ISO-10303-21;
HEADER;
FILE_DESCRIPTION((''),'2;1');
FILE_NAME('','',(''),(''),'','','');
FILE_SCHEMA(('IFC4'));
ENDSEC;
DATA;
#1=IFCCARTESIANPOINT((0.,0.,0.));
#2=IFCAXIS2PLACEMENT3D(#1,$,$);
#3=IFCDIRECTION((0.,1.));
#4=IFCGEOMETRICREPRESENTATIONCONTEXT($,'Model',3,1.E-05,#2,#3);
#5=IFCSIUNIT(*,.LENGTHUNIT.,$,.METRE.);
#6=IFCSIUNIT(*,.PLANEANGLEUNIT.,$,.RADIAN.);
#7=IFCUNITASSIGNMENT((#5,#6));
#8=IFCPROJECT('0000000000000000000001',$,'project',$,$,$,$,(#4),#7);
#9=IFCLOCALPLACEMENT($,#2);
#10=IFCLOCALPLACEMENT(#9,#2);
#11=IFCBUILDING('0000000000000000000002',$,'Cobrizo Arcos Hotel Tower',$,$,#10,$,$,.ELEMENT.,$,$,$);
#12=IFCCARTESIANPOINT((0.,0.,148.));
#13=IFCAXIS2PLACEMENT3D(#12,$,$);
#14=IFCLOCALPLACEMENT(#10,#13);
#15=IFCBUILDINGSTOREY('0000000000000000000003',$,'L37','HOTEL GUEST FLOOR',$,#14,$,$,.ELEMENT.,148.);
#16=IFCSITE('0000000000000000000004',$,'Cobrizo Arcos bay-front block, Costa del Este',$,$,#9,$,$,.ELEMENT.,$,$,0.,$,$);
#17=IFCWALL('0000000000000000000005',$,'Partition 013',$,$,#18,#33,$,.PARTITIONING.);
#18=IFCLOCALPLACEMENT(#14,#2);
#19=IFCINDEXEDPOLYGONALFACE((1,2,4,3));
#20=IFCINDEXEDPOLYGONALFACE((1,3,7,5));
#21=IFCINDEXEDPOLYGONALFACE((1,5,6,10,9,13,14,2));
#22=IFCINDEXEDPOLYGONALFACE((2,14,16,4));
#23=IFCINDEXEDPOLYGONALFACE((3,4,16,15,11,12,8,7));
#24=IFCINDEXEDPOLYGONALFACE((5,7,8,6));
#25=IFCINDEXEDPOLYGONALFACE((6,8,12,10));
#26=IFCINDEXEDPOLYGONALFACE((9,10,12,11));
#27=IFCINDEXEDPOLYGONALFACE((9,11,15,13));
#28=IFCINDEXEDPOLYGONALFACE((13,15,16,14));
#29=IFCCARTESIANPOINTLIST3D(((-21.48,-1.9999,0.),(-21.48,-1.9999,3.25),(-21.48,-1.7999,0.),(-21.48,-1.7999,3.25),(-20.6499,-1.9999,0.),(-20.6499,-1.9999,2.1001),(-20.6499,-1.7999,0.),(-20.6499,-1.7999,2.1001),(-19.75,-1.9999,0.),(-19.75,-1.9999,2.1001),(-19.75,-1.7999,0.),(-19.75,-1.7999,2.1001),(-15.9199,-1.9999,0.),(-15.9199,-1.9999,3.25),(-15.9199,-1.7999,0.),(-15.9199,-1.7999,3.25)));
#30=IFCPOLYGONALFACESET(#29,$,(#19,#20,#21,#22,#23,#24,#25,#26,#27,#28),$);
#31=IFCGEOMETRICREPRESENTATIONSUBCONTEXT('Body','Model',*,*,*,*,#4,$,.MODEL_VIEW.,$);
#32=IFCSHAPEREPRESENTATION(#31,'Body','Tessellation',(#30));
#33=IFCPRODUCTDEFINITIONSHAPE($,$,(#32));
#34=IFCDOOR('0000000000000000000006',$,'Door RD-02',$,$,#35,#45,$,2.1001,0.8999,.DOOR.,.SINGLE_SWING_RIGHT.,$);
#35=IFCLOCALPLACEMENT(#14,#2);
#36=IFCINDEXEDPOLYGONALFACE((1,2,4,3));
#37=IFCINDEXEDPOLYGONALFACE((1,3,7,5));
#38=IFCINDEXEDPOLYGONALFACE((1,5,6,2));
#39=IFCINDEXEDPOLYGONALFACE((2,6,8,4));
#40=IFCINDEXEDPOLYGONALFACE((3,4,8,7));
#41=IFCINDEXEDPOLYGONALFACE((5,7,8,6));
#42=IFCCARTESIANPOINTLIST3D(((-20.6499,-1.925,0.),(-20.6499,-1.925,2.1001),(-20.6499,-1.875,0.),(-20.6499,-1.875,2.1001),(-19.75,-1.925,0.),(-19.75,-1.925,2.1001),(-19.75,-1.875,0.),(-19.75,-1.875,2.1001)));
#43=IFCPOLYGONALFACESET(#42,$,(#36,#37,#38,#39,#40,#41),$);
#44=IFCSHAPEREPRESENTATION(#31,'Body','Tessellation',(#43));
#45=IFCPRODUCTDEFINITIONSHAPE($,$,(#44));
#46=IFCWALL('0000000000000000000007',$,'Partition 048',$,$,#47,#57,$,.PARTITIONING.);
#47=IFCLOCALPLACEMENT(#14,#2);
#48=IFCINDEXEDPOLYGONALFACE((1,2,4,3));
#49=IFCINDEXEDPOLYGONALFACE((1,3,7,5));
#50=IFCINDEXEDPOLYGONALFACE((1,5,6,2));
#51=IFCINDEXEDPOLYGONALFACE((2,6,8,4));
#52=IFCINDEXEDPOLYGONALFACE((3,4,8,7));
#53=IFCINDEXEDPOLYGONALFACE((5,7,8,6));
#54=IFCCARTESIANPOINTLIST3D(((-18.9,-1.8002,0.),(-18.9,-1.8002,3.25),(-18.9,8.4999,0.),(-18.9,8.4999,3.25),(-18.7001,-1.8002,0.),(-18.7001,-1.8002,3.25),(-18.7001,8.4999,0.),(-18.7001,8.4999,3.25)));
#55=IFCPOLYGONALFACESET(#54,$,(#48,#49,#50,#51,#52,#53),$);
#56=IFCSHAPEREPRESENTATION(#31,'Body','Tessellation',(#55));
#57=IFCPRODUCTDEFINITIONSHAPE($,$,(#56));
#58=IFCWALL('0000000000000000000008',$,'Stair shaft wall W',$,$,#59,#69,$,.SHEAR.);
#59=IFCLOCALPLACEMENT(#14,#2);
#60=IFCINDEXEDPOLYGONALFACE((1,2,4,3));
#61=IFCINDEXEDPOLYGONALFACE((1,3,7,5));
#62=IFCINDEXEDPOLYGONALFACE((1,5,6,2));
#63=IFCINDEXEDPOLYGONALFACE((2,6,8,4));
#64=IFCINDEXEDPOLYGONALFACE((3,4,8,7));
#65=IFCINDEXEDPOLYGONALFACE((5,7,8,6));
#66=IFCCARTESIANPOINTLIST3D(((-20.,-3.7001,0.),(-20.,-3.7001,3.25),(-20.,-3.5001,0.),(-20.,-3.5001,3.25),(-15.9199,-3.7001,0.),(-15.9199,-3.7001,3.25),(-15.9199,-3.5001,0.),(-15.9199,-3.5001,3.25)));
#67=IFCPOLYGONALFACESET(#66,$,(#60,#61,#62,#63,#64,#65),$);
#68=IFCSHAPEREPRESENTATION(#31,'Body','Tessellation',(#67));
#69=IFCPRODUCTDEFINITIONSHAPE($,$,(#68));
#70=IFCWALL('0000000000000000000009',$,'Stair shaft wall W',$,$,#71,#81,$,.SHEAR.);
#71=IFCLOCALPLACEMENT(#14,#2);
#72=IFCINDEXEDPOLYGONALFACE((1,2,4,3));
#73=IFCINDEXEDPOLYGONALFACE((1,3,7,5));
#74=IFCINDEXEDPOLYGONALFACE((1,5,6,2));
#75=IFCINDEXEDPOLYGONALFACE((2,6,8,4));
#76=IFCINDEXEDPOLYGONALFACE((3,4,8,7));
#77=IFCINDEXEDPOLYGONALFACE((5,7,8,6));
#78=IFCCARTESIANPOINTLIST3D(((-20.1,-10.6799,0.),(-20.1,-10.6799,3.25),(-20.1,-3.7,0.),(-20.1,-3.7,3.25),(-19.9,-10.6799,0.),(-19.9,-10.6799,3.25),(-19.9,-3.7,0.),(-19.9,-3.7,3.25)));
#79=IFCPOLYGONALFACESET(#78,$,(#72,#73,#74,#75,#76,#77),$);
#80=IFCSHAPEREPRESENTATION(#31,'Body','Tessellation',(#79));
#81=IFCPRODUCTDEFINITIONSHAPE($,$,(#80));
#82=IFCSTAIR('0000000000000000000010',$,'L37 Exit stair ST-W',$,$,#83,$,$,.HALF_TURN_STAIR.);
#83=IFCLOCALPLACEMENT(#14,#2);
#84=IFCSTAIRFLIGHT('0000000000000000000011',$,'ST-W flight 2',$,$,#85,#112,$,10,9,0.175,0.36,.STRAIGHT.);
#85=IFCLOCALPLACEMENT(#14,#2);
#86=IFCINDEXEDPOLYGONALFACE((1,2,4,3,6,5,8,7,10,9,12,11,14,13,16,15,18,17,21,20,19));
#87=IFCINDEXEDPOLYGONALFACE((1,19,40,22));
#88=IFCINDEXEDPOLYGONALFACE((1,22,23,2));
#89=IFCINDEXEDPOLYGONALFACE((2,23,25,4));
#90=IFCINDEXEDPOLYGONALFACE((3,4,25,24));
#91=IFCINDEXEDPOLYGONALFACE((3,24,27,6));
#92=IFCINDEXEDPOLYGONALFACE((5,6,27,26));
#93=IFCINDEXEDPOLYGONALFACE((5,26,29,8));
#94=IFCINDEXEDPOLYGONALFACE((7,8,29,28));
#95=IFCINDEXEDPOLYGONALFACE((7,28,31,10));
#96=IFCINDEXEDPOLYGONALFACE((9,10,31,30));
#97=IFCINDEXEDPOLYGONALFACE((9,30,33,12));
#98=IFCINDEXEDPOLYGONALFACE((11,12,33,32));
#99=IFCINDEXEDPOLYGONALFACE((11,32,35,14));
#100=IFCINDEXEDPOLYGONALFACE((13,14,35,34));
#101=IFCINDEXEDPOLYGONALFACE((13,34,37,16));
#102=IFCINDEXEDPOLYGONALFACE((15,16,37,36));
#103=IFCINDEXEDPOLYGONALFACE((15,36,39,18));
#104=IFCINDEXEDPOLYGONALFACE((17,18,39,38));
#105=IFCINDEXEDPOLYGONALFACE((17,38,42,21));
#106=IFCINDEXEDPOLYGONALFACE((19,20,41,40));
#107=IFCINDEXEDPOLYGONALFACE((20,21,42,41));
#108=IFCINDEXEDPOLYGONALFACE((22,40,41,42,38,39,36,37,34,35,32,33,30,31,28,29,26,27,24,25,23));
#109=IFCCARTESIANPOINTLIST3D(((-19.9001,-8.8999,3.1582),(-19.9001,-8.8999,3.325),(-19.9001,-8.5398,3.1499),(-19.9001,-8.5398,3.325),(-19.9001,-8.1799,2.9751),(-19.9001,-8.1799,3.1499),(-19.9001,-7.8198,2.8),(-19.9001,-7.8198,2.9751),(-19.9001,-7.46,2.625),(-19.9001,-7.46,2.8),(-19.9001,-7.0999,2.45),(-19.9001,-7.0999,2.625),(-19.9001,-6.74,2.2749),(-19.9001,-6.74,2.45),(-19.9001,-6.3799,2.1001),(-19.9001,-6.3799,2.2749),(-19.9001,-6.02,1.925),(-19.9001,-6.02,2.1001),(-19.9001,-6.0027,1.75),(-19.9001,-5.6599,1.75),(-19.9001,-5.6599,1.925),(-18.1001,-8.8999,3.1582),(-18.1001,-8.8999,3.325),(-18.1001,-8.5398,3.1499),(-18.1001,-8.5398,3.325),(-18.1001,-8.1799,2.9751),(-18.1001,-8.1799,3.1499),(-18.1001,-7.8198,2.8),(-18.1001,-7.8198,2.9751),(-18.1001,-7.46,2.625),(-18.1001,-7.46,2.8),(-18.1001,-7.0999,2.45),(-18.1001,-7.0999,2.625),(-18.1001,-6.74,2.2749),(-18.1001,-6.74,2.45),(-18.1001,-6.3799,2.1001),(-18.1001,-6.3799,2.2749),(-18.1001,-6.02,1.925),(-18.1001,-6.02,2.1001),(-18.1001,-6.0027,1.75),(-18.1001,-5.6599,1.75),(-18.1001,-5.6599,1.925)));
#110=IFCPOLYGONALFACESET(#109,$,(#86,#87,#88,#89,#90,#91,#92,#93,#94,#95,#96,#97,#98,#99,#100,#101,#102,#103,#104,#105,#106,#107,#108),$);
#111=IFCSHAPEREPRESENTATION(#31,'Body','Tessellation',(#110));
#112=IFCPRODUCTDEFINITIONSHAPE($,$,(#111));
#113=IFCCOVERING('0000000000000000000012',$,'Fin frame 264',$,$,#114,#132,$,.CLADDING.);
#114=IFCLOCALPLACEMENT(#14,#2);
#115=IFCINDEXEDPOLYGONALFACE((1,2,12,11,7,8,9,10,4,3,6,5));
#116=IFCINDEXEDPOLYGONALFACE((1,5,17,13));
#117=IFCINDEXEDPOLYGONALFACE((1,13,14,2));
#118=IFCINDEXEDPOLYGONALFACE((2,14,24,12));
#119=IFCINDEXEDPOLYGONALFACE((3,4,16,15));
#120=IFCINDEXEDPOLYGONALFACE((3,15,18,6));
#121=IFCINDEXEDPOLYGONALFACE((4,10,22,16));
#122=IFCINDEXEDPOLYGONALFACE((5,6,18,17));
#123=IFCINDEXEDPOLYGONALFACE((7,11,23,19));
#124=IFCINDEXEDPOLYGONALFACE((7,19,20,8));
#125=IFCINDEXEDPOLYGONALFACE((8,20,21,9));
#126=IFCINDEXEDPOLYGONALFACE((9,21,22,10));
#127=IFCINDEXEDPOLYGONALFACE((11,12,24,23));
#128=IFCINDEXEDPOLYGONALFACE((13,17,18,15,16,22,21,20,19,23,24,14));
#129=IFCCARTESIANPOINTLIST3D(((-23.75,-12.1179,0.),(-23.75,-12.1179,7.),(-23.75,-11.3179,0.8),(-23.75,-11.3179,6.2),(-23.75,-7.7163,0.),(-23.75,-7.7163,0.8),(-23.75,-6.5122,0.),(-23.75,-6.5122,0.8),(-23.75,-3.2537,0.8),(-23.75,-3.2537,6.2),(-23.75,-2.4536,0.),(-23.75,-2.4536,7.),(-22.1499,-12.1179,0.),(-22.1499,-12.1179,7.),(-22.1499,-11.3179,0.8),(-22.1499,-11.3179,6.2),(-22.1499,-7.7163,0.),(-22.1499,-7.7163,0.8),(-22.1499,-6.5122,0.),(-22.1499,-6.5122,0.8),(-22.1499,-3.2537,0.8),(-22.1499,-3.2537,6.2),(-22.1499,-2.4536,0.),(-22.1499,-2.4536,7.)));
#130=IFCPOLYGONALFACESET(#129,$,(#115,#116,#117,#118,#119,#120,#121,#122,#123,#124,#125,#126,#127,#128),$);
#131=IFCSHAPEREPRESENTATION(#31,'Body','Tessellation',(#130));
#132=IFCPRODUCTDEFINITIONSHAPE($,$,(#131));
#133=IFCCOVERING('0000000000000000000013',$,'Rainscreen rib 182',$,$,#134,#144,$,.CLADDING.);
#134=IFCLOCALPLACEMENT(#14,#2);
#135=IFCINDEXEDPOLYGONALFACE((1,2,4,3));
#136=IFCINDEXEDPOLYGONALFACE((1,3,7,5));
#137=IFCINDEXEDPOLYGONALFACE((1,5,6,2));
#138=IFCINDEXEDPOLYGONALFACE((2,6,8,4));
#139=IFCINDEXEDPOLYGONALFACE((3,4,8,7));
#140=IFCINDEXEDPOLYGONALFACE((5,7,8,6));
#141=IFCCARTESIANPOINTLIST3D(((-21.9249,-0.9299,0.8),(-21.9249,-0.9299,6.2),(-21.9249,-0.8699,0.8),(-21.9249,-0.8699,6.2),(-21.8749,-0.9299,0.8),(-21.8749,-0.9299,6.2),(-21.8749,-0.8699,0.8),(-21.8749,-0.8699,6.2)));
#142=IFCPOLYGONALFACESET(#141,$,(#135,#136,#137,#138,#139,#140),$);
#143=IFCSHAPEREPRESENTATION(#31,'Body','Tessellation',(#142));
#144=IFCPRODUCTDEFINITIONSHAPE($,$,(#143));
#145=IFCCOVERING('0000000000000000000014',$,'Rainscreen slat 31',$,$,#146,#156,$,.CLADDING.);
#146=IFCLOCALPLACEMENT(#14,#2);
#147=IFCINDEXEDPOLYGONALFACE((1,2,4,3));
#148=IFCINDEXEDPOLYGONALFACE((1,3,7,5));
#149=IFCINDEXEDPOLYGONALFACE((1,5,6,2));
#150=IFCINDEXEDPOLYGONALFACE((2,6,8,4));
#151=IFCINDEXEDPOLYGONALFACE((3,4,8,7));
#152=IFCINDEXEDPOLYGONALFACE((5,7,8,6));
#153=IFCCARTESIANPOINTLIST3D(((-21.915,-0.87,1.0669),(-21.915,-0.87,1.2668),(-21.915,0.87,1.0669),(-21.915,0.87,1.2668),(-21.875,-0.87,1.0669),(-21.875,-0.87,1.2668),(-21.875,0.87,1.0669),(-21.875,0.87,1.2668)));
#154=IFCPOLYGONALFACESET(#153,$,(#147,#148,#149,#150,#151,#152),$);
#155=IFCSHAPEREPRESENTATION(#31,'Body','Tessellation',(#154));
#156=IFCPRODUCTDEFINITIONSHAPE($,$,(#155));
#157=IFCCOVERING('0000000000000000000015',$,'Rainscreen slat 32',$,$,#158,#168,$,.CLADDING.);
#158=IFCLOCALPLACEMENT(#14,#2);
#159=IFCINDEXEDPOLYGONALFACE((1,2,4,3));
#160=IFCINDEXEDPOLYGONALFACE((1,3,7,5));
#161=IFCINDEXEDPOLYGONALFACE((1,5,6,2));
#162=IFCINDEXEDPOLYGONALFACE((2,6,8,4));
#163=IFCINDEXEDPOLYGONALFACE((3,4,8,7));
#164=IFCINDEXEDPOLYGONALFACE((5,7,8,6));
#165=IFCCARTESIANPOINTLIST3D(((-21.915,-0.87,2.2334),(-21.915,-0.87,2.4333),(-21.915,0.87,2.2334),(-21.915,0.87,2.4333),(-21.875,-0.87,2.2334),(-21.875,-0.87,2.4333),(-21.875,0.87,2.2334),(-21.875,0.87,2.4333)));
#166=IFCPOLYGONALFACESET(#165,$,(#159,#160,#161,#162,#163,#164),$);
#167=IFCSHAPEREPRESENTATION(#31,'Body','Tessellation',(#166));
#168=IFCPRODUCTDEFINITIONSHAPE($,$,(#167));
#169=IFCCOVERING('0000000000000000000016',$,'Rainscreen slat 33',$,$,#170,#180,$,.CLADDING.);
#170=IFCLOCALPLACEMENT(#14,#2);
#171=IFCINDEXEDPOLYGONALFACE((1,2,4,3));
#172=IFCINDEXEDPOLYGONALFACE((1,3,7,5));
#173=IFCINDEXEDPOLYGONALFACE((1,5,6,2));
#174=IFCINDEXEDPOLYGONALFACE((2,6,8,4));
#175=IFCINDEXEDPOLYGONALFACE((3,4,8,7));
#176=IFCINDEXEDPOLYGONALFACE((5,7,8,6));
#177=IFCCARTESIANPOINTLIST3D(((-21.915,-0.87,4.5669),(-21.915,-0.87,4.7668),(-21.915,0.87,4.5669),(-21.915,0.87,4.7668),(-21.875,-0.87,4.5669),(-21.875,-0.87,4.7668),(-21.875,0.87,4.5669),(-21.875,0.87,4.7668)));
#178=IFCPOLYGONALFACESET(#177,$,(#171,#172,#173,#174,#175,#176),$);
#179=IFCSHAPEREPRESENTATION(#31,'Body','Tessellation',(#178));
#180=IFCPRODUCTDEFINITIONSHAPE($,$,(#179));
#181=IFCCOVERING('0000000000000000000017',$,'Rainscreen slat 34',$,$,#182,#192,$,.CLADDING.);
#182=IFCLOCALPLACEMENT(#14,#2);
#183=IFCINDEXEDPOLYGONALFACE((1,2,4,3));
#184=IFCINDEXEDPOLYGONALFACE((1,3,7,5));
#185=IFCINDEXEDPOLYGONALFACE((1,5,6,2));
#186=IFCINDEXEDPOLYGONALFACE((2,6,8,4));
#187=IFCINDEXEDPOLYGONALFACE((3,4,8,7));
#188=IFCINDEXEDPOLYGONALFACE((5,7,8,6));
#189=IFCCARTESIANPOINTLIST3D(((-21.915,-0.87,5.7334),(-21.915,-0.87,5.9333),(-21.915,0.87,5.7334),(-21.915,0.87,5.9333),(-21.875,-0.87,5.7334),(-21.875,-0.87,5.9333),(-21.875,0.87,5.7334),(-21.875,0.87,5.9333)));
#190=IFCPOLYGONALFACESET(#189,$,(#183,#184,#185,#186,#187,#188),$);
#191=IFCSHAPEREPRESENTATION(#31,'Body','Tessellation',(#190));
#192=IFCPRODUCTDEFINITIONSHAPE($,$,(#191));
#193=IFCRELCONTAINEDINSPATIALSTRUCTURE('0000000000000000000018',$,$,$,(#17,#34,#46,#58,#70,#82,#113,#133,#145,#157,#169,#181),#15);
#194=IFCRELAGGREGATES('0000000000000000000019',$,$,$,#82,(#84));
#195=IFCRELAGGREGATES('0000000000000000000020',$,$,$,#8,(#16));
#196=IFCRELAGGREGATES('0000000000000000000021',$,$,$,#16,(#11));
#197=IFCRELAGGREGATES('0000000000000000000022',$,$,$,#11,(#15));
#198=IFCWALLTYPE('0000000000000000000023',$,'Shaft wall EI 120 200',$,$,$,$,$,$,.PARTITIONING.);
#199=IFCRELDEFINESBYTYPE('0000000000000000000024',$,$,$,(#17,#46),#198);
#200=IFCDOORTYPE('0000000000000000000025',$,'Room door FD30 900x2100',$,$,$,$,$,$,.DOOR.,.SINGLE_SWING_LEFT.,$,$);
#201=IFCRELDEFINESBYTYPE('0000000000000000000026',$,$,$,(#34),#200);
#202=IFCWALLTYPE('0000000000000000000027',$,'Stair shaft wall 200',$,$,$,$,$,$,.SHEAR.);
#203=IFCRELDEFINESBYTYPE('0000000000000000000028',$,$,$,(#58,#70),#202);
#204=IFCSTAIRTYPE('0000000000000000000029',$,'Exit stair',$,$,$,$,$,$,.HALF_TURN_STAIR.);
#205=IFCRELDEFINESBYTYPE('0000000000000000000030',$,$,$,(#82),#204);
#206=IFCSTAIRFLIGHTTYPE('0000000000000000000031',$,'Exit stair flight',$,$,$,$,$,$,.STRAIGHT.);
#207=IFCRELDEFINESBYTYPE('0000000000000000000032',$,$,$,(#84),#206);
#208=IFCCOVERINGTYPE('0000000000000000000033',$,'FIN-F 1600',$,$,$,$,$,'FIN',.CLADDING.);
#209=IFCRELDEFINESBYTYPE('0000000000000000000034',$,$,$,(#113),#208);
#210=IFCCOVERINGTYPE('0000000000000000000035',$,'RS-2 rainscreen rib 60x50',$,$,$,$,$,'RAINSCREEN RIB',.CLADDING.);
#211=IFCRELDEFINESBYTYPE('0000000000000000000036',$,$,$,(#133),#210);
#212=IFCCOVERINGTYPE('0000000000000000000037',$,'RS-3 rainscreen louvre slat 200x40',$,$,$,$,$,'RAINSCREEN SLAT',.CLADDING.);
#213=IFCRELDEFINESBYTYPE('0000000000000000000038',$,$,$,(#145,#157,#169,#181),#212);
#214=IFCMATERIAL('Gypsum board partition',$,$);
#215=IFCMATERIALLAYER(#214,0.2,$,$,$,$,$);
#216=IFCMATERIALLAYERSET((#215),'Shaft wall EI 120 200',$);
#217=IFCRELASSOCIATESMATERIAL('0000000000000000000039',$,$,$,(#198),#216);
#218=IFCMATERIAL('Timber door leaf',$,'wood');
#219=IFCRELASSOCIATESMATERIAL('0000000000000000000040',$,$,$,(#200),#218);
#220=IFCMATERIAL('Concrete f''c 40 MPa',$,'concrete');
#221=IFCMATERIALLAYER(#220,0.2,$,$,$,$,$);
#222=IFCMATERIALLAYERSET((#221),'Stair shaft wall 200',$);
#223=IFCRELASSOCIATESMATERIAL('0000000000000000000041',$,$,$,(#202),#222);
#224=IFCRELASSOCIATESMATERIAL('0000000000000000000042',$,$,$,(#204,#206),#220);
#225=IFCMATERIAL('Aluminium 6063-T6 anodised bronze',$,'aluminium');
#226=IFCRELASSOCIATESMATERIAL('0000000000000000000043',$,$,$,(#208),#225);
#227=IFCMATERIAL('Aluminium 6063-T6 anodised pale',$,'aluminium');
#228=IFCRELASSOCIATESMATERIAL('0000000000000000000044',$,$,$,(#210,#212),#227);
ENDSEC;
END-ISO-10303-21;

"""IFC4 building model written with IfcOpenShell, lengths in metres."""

from ifc_helpers import new_model, si_unit, direction, frame, frame_2d, origin, origin_2d, place, context, subcontext, project, spatial, polyline, rectangle, outline, extrude, material, layer, layer_set, type_object, element, fill, aggregate, save


model = new_model("IFC4")

# Units and contexts
model_context = context("Model", 3, precision=1e-05, world=origin(), true_north=direction((0.0, 1.0)))
body_context = subcontext(model_context, "Body", "Model", "MODEL_VIEW")
ifc_project = project(units=[si_unit("LENGTHUNIT", "METRE"), si_unit("PLANEANGLEUNIT", "RADIAN")], contexts=[model_context])

# Site, building, storey
site_placement = place(None, origin())
site = spatial("IfcSite", under=ifc_project, at=site_placement, Name="Cobrizo Arcos bay-front block, Costa del Este", CompositionType="ELEMENT", RefElevation=0.0)
building_placement = place(site_placement, origin())
building = spatial("IfcBuilding", under=site, at=building_placement, Name="Cobrizo Arcos Hotel Tower", CompositionType="ELEMENT")
storey_placement = place(building_placement, frame((0.0, 0.0, 148.0)))
storey = spatial("IfcBuildingStorey", under=building, at=storey_placement, Name="L37", Description="HOTEL GUEST FLOOR", CompositionType="ELEMENT", Elevation=148.0)

# Wall, opening, door
ifc_material_1 = material(Name="Gypsum board partition")
ifc_layer_1 = layer(ifc_material_1, 0.2)
ifc_layer_set_1 = layer_set([ifc_layer_1], Name="Shaft wall EI 120 200")
wall_type_1 = type_object("IfcWallType", Name="Shaft wall EI 120 200", PredefinedType="PARTITIONING", material=ifc_layer_set_1)
wall_1_placement = place(storey_placement, frame((-21.48, -1.8999, 0.0), z_axis=(0.0, 0.0, 1.0), x_axis=(1.0, 0.0, 0.0)))
wall_1 = element("IfcWall", 1, at=wall_1_placement, inside=storey, type_object=wall_type_1, Name="Partition 013", PredefinedType="PARTITIONING", context=body_context, shape_type="SweptSolid", body=[
    extrude(rectangle(XDim=5.5601, YDim=0.2, at=frame_2d((2.78, 0.0))), origin(), (0.0, 0.0, 1.0), 3.25),
])
opening_placement = place(wall_1_placement, frame((0.8301, 0.0, 0.0)))
opening = element("IfcOpeningElement", 2, at=opening_placement, cuts=wall_1, PredefinedType="OPENING", context=body_context, shape_type="SweptSolid", body=[
    extrude(rectangle(XDim=0.8999, YDim=2.1001, at=frame_2d((0.45, 1.05))), frame((0.0, 0.1121, 0.0), z_axis=(0.0, -1.0, 0.0), x_axis=(1.0, 0.0, 0.0)), (0.0, 0.0, 1.0), 0.2239),
])
ifc_material_2 = material(Name="Timber door leaf", Category="wood")
door_type = type_object("IfcDoorType", Name="Room door FD30 900x2100", OperationType="SINGLE_SWING_LEFT", PredefinedType="DOOR", material=ifc_material_2)
door_placement = place(opening_placement, origin())
door = element("IfcDoor", 3, at=door_placement, inside=storey, type_object=door_type, Name="Door RD-02", OperationType="SINGLE_SWING_RIGHT", OverallHeight=2.1001, OverallWidth=0.8999, PredefinedType="DOOR", context=body_context, shape_type="SweptSolid", body=[
    extrude(rectangle(XDim=0.8999, YDim=2.1001, at=frame_2d((0.45, 1.05))), frame((0.0, 0.0249, 0.0), z_axis=(0.0, -1.0, 0.0), x_axis=(1.0, 0.0, 0.0)), (0.0, 0.0, 1.0), 0.05),
])
fill(opening, door)

# Walls
wall_2_placement = place(storey_placement, frame((-18.8, -1.8, 0.0), z_axis=(0.0, 0.0, 1.0), x_axis=(0.0, 1.0, 0.0)))
element("IfcWall", 4, at=wall_2_placement, inside=storey, type_object=wall_type_1, Name="Partition 048", PredefinedType="PARTITIONING", context=body_context, shape_type="SweptSolid", body=[
    extrude(rectangle(XDim=10.3, YDim=0.2, at=frame_2d((5.1499, 0.0))), origin(), (0.0, 0.0, 1.0), 3.25),
])
ifc_material_3 = material(Name="Concrete f'c 40 MPa", Category="concrete")
ifc_layer_2 = layer(ifc_material_3, 0.2)
ifc_layer_set_2 = layer_set([ifc_layer_2], Name="Stair shaft wall 200")
wall_type_2 = type_object("IfcWallType", Name="Stair shaft wall 200", PredefinedType="SHEAR", material=ifc_layer_set_2)
wall_3_placement = place(storey_placement, frame((-20.0, -3.6001, 0.0), z_axis=(0.0, 0.0, 1.0), x_axis=(1.0, 0.0, 0.0)))
element("IfcWall", 5, at=wall_3_placement, inside=storey, type_object=wall_type_2, Name="Stair shaft wall W", PredefinedType="SHEAR", context=body_context, shape_type="SweptSolid", body=[
    extrude(rectangle(XDim=4.0801, YDim=0.2, at=frame_2d((2.04, 0.0))), origin(), (0.0, 0.0, 1.0), 3.25),
])
wall_4_placement = place(storey_placement, frame((-20.0, -10.6799, 0.0), z_axis=(0.0, 0.0, 1.0), x_axis=(0.0, 1.0, 0.0)))
element("IfcWall", 6, at=wall_4_placement, inside=storey, type_object=wall_type_2, Name="Stair shaft wall W", PredefinedType="SHEAR", context=body_context, shape_type="SweptSolid", body=[
    extrude(rectangle(XDim=6.98, YDim=0.2, at=frame_2d((3.49, 0.0))), origin(), (0.0, 0.0, 1.0), 3.25),
])

# Stair, stair flight
stair_type = type_object("IfcStairType", Name="Exit stair", PredefinedType="HALF_TURN_STAIR", material=ifc_material_3)
stair_placement = place(storey_placement, origin())
stair = element("IfcStair", 7, at=stair_placement, inside=storey, type_object=stair_type, Name="L37 Exit stair ST-W", PredefinedType="HALF_TURN_STAIR")
stair_flight_type = type_object("IfcStairFlightType", Name="Exit stair flight", PredefinedType="STRAIGHT", material=ifc_material_3)
stair_flight_placement = place(storey_placement, frame((-19.0, -5.6599, 1.75), z_axis=(0.0, 0.0, 1.0), x_axis=(0.0, -1.0, 0.0)))
stair_flight = element("IfcStairFlight", 8, at=stair_flight_placement, type_object=stair_flight_type, Name="ST-W flight 2", NumberOfRisers=10, NumberOfTreads=9, PredefinedType="STRAIGHT", RiserHeight=0.175, TreadLength=0.36, context=body_context, shape_type="SweptSolid", body=[
    extrude(outline(polyline([(0.0, 0.0), (0.0, 0.175), (0.3601, 0.175), (0.3601, 0.3501), (0.72, 0.3501), (0.72, 0.5249), (1.0801, 0.5249), (1.0801, 0.7), (1.4399, 0.7), (1.4399, 0.875), (1.8, 0.875), (1.8, 1.05), (2.1599, 1.05), (2.1599, 1.2251), (2.52, 1.2251), (2.52, 1.3999), (2.8799, 1.3999), (2.8799, 1.575), (3.24, 1.575), (3.24, 1.75), (3.24, 1.4082), (0.3428, 0.0), (0.0, 0.0)])), frame((0.0, 0.8999, 0.0), z_axis=(0.0, -1.0, 0.0), x_axis=(1.0, 0.0, 0.0)), (0.0, 0.0, 1.0), 1.8),
])
aggregate(stair, [stair_flight])

# Coverings
ifc_material_4 = material(Name="Aluminium 6063-T6 anodised bronze", Category="aluminium")
covering_type_1 = type_object("IfcCoveringType", Name="FIN-F 1600", ElementType="FIN", PredefinedType="CLADDING", material=ifc_material_4)
covering_1_placement = place(storey_placement, frame((-22.1499, -2.4536, 0.0), z_axis=(-1.0, 0.0, 0.0), x_axis=(0.0, -1.0, 0.0)))
element("IfcCovering", 9, at=covering_1_placement, inside=storey, type_object=covering_type_1, Name="Fin frame 264", PredefinedType="CLADDING", context=body_context, shape_type="SweptSolid", body=[
    extrude(outline(polyline([(0.0, 0.0), (4.0586, 0.0), (4.0586, 0.8), (0.8, 0.8), (0.8, 6.2), (8.8643, 6.2), (8.8643, 0.8), (5.2627, 0.8), (5.2627, 0.0), (9.6643, 0.0), (9.6643, 7.0), (0.0, 7.0), (0.0, 0.0)])), origin(), (0.0, 0.0, 1.0), 1.6001),
])
ifc_material_5 = material(Name="Aluminium 6063-T6 anodised pale", Category="aluminium")
covering_type_2 = type_object("IfcCoveringType", Name="RS-2 rainscreen rib 60x50", ElementType="RAINSCREEN RIB", PredefinedType="CLADDING", material=ifc_material_5)
covering_2_placement = place(storey_placement, frame((-21.8999, -0.8999, 0.8), z_axis=(0.0, 0.0, 1.0), x_axis=(0.0, -1.0, 0.0)))
element("IfcCovering", 10, at=covering_2_placement, inside=storey, type_object=covering_type_2, Name="Rainscreen rib 182", PredefinedType="CLADDING", context=body_context, shape_type="SweptSolid", body=[
    extrude(rectangle(XDim=0.0601, YDim=0.05, at=origin_2d()), origin(), (0.0, 0.0, 1.0), 5.3999),
])
covering_type_3 = type_object("IfcCoveringType", Name="RS-3 rainscreen louvre slat 200x40", ElementType="RAINSCREEN SLAT", PredefinedType="CLADDING", material=ifc_material_5)
for number, where, z_axis, x_axis, name in (
    (11, (-21.895, 0.0, 1.0669), (0.0, 0.0, 1.0), (0.0, -1.0, 0.0), "Rainscreen slat 31"),
    (12, (-21.895, 0.0, 2.2334), (0.0, 0.0, 1.0), (0.0, -1.0, 0.0), "Rainscreen slat 32"),
    (13, (-21.895, 0.0, 4.5669), (0.0, 0.0, 1.0), (0.0, -1.0, 0.0), "Rainscreen slat 33"),
    (14, (-21.895, 0.0, 5.7334), (0.0, 0.0, 1.0), (0.0, -1.0, 0.0), "Rainscreen slat 34"),
):
    element("IfcCovering", number, at=place(storey_placement, frame(where, z_axis=z_axis, x_axis=x_axis)), inside=storey, type_object=covering_type_3, Name=name, PredefinedType="CLADDING", context=body_context, shape_type="SweptSolid", body=[
        extrude(rectangle(XDim=1.74, YDim=0.04, at=origin_2d()), origin(), (0.0, 0.0, 1.0), 0.2),
    ])

save(model, "model.ifc")
